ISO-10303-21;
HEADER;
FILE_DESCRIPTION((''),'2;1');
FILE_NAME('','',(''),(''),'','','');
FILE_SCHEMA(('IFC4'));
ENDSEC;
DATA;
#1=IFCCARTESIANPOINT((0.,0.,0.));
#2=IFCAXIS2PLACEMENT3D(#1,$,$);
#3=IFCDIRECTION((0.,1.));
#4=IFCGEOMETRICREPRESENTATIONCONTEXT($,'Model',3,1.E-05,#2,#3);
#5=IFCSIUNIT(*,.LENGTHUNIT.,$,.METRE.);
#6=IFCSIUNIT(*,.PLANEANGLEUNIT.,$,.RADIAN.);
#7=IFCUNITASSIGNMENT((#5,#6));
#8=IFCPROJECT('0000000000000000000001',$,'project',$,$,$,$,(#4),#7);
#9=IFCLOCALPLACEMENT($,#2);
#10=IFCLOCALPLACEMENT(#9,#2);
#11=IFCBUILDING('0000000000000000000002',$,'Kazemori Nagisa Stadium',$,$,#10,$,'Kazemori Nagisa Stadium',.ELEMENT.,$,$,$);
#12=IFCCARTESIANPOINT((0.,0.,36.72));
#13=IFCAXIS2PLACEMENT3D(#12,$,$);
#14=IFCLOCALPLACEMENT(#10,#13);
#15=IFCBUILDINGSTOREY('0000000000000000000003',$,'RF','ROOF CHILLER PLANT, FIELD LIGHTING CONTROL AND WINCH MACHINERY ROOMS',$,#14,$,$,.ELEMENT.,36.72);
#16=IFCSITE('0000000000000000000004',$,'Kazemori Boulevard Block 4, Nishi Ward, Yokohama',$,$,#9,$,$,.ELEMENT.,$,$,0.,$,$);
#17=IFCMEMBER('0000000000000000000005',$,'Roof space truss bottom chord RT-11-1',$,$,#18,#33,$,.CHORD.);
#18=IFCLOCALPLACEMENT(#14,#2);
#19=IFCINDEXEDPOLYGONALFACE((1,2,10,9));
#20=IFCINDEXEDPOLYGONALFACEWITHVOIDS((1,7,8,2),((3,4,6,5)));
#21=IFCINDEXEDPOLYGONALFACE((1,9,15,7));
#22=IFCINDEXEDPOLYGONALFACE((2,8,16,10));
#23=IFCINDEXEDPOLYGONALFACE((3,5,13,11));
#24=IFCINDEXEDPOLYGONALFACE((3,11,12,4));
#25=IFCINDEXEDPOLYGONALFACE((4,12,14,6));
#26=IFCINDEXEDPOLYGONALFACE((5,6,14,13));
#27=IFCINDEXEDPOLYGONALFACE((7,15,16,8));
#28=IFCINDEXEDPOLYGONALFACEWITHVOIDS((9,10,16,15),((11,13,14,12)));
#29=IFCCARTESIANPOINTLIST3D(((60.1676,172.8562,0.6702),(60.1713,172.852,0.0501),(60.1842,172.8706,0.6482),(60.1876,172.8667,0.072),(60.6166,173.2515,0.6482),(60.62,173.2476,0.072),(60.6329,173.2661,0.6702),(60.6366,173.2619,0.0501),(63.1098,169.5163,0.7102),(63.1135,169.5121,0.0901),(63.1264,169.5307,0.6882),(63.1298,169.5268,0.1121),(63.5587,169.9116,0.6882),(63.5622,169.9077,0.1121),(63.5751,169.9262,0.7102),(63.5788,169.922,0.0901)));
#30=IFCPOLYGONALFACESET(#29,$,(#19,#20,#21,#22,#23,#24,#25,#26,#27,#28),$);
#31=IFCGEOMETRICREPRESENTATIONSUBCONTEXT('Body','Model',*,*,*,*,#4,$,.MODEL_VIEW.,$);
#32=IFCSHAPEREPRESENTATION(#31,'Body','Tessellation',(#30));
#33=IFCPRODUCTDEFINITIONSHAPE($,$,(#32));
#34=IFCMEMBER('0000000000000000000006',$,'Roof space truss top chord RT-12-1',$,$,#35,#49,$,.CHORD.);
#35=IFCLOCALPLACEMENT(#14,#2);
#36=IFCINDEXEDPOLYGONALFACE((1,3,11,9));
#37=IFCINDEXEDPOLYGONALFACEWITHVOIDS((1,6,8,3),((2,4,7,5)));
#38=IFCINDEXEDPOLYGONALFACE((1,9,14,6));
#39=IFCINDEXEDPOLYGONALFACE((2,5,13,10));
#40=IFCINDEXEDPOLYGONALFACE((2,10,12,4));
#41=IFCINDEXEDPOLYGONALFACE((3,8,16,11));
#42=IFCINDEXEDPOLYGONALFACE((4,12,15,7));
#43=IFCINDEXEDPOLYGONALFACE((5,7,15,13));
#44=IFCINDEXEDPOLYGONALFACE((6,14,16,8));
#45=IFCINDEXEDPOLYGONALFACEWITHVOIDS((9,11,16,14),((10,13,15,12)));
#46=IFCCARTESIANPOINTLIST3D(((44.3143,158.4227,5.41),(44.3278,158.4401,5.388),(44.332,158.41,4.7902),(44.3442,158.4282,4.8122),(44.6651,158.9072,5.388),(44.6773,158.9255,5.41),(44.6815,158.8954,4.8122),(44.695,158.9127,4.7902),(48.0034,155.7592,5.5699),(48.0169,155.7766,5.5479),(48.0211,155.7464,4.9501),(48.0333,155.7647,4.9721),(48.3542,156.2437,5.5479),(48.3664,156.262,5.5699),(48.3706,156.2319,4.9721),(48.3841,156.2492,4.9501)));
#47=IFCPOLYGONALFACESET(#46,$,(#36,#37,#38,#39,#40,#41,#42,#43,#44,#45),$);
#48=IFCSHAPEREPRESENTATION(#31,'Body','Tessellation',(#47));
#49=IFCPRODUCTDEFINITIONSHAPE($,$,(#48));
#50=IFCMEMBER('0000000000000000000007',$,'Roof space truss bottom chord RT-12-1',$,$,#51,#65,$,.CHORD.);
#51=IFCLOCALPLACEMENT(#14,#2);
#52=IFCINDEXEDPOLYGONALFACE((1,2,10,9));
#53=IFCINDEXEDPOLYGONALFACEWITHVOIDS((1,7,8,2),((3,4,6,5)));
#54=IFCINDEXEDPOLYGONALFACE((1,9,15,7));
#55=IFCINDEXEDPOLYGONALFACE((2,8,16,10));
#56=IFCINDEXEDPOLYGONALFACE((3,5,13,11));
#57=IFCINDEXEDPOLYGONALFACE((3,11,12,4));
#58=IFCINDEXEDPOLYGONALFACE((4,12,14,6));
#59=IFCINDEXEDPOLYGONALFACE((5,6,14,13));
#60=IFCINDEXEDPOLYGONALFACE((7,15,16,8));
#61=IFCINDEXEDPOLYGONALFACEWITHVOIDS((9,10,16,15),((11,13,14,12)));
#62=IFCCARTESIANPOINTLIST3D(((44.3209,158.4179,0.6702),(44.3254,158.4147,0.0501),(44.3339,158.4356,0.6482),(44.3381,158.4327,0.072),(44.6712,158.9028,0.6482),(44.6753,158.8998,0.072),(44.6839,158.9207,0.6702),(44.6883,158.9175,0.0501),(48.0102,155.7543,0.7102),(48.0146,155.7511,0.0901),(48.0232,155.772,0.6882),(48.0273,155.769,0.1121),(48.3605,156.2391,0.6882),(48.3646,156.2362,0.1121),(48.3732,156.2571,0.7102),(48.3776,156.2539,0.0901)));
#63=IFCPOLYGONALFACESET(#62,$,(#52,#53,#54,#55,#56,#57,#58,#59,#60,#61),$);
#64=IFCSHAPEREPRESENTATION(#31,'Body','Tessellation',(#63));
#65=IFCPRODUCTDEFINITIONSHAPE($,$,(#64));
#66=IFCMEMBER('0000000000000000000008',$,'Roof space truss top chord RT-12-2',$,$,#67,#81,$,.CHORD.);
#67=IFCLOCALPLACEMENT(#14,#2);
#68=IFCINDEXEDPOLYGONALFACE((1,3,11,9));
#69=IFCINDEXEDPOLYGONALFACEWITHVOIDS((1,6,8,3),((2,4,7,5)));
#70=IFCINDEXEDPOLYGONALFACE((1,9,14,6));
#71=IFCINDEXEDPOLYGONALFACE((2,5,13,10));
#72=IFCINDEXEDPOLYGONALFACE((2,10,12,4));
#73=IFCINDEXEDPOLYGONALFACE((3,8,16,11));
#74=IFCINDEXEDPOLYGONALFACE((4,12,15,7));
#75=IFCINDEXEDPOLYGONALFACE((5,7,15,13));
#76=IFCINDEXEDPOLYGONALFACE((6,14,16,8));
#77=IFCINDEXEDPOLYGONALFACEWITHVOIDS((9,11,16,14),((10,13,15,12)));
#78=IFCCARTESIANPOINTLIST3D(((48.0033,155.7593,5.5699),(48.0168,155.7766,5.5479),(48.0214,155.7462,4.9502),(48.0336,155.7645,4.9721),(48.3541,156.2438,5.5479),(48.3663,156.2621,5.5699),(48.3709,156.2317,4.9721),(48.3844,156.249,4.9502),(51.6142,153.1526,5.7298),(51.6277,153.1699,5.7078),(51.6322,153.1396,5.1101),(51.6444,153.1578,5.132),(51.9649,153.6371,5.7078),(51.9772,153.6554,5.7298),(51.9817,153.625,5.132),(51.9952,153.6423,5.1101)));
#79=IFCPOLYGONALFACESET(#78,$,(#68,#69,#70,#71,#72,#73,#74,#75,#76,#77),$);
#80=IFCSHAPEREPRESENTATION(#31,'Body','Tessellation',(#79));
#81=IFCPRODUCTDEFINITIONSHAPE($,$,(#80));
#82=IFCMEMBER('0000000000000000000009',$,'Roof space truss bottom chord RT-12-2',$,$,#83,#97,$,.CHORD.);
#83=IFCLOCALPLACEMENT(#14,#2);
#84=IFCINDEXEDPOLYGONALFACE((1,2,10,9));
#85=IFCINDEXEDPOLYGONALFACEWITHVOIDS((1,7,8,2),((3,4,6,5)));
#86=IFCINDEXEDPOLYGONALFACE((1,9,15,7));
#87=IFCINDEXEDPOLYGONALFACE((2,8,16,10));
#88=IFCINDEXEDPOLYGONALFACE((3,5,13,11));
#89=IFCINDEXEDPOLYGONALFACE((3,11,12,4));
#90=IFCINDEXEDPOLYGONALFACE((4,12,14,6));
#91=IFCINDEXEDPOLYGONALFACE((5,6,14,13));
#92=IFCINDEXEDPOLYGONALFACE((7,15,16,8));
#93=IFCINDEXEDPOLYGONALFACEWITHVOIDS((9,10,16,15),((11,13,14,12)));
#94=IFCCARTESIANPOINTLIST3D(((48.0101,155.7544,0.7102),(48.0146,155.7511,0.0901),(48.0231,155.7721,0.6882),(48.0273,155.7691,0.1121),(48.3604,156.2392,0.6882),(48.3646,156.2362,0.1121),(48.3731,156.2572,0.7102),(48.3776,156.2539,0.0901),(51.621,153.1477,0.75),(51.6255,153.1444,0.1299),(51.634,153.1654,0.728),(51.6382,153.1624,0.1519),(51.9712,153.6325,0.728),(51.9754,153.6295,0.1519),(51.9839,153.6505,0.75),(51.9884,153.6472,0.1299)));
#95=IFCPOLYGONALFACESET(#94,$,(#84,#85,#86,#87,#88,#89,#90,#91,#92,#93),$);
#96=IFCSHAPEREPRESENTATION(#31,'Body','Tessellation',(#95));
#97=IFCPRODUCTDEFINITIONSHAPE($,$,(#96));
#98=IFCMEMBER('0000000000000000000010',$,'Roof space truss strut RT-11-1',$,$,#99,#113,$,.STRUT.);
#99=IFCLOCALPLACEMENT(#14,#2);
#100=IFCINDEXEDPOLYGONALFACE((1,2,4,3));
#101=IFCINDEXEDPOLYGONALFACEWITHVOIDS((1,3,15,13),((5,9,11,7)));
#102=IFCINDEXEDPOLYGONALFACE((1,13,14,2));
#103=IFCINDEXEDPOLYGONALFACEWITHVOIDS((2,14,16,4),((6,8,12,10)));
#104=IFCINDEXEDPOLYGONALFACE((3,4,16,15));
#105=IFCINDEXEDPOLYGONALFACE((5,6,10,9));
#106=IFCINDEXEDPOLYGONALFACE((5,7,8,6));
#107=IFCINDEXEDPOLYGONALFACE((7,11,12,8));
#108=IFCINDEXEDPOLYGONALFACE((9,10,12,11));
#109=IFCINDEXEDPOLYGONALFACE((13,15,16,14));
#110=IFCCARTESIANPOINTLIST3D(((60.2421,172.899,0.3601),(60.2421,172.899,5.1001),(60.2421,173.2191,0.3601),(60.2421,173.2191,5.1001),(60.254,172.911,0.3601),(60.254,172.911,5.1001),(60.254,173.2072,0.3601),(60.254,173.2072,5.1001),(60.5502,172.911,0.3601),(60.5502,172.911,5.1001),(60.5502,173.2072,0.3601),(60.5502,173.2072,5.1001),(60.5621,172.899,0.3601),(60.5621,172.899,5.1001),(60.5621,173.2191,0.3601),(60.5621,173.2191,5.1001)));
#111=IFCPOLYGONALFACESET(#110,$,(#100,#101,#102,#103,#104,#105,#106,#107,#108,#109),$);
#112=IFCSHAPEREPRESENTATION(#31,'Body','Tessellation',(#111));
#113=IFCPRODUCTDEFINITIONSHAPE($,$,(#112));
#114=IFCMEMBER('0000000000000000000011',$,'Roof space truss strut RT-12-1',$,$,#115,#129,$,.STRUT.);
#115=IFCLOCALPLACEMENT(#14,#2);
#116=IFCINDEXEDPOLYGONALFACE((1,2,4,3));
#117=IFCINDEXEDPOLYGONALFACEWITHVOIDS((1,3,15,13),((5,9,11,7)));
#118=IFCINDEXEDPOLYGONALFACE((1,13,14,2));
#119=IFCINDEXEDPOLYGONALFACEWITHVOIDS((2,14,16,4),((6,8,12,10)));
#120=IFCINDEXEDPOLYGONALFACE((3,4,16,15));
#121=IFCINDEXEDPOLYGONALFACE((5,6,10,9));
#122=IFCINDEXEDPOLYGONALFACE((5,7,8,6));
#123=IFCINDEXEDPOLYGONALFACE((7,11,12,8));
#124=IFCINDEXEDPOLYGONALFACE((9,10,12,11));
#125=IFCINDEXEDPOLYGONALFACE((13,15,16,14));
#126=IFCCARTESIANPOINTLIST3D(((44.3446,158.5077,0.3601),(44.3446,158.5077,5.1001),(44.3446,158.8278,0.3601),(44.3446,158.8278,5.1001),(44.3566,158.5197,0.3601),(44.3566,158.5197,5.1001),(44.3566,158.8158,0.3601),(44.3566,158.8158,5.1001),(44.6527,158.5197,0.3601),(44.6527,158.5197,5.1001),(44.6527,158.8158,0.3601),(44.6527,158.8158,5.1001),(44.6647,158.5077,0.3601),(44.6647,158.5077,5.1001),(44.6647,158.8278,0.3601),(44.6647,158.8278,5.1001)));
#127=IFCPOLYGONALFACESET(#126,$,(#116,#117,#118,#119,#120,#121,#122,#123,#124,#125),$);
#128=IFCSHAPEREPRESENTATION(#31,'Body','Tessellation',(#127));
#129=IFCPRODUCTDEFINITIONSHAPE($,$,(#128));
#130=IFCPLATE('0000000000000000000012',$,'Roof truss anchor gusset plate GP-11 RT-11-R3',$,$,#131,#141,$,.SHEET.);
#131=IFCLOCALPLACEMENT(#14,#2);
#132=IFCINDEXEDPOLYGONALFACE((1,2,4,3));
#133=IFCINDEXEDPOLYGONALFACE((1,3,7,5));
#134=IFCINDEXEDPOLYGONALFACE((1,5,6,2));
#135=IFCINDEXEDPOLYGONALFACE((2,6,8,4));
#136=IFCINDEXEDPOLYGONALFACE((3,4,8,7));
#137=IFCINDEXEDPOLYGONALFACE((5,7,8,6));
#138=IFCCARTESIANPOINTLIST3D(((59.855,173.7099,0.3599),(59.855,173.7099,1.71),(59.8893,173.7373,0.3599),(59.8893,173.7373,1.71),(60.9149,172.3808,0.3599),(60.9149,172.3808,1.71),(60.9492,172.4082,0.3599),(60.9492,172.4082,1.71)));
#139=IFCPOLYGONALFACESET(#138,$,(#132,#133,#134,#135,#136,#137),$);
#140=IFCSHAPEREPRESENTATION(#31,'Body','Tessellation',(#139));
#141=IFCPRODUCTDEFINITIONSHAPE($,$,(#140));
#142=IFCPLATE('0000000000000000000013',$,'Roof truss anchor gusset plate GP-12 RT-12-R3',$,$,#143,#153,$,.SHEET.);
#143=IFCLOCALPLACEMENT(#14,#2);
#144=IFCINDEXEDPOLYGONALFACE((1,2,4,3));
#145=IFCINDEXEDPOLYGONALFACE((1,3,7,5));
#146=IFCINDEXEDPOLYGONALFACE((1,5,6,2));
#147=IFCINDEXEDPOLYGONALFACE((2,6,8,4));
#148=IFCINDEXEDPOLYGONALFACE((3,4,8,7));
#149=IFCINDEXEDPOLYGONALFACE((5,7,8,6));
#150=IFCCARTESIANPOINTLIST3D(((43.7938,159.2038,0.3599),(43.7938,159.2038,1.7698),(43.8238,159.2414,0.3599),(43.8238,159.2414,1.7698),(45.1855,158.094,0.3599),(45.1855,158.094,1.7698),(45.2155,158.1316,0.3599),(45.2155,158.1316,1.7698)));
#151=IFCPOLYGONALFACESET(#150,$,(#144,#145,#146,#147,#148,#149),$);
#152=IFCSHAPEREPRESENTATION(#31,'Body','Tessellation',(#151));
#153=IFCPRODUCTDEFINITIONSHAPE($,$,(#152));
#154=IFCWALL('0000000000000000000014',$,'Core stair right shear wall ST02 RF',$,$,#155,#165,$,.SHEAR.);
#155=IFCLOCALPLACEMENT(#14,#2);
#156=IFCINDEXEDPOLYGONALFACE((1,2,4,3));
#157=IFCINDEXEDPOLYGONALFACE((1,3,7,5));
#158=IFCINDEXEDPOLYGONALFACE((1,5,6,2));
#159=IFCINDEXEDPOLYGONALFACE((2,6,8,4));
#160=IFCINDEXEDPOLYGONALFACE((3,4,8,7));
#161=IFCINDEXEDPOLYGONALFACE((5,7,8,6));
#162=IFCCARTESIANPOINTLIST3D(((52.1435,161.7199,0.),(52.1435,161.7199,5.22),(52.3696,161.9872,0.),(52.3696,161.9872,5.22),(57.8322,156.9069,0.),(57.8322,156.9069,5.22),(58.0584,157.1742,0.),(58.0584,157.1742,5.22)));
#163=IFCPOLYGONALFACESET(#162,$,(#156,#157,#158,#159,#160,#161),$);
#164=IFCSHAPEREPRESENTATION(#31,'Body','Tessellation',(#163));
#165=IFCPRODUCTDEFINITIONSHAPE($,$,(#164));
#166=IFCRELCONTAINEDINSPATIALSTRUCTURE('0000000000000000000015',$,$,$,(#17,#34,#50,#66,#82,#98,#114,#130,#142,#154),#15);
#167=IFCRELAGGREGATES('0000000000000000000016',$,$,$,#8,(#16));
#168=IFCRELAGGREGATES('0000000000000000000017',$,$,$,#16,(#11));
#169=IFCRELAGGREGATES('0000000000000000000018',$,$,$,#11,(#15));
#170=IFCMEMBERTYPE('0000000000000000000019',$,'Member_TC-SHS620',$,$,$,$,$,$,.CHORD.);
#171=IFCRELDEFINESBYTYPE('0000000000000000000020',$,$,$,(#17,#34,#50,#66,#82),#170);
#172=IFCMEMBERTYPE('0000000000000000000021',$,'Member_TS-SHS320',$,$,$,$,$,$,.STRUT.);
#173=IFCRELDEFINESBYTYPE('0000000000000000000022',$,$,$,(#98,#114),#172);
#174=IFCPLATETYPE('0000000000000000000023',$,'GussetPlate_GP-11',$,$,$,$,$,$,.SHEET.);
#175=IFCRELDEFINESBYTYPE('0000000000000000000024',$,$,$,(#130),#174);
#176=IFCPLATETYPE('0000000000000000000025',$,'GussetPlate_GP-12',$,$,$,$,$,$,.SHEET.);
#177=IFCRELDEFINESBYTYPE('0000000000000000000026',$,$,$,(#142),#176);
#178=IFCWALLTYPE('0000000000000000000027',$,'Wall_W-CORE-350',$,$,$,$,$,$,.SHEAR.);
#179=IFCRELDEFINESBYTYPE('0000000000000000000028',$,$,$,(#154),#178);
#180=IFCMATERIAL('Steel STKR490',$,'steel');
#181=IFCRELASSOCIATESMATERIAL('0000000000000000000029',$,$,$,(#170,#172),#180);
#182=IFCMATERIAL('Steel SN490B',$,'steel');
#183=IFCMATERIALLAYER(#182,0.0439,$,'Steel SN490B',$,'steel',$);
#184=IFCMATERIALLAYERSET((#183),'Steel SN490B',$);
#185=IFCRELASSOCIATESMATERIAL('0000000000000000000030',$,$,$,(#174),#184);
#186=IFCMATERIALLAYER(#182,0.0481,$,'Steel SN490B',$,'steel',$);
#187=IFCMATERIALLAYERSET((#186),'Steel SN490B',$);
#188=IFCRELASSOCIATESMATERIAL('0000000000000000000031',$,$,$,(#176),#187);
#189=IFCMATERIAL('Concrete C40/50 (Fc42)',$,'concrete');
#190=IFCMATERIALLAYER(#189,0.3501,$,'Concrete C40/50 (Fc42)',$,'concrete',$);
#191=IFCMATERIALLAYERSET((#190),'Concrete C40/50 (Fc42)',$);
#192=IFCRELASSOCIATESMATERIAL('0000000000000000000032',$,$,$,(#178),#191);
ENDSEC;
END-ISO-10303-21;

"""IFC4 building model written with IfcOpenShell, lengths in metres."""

from ifc_helpers import new_model, si_unit, direction, frame, frame_2d, origin, origin_2d, place, context, subcontext, project, spatial, rectangle, hollow_rectangle, extrude, material, layer, layer_set, material_profile, profile_set, type_object, element, save


model = new_model("IFC4")

# Units and contexts
model_context = context("Model", 3, precision=1e-05, world=origin(), true_north=direction((0.0, 1.0)))
body_context = subcontext(model_context, "Body", "Model", "MODEL_VIEW")
ifc_project = project(units=[si_unit("LENGTHUNIT", "METRE"), si_unit("PLANEANGLEUNIT", "RADIAN")], contexts=[model_context])

# Site, building, storey
site_placement = place(None, origin())
site = spatial("IfcSite", under=ifc_project, at=site_placement, Name="Kazemori Boulevard Block 4, Nishi Ward, Yokohama", CompositionType="ELEMENT", RefElevation=0.0)
building_placement = place(site_placement, origin())
building = spatial("IfcBuilding", under=site, at=building_placement, Name="Kazemori Nagisa Stadium", LongName="Kazemori Nagisa Stadium", CompositionType="ELEMENT")
storey_placement = place(building_placement, frame((0.0, 0.0, 36.72)))
storey = spatial("IfcBuildingStorey", under=building, at=storey_placement, Name="RF", Description="ROOF CHILLER PLANT, FIELD LIGHTING CONTROL AND WINCH MACHINERY ROOMS", CompositionType="ELEMENT", Elevation=36.72)

# Shared definitions
ifc_material_1 = material(Name="Steel SN490B", Category="steel")

# Shared definitions
ifc_material_2 = material(Name="Concrete C40/50 (Fc42)", Category="concrete")

# Members
ifc_material_3 = material(Name="Steel STKR490", Category="steel")
ifc_material_profile_1 = material_profile(ifc_material_3, hollow_rectangle(XDim=0.6201, YDim=0.6201, WallThickness=0.022, at=origin_2d()), Name="SHS-620x620x22")
ifc_profile_set_1 = profile_set([ifc_material_profile_1], Name="Steel STKR490")
member_type_1 = type_object("IfcMemberType", Name="Member_TC-SHS620", PredefinedType="CHORD", material=ifc_profile_set_1)
member_1_placement = place(storey_placement, frame((60.4021, 173.0591, 0.3601), z_axis=(0.660991, -0.75034, 0.008995), x_axis=(0.750371, 0.661017, 0.0)))
element("IfcMember", 1, at=member_1_placement, inside=storey, type_object=member_type_1, Name="Roof space truss bottom chord RT-11-1", PredefinedType="CHORD", context=body_context, shape_type="SweptSolid", body=[
    extrude(hollow_rectangle(XDim=0.6201, YDim=0.6201, WallThickness=0.022, at=origin_2d()), origin(), (0.0, 0.0, 1.0), 4.4512),
])
member_2_placement = place(storey_placement, frame((44.5046, 158.6677, 5.1001), z_axis=(0.810268, -0.585006, 0.035122), x_axis=(0.585367, 0.810768, 0.0)))
element("IfcMember", 2, at=member_2_placement, inside=storey, type_object=member_type_1, Name="Roof space truss top chord RT-12-1", PredefinedType="CHORD", context=body_context, shape_type="SweptSolid", body=[
    extrude(hollow_rectangle(XDim=0.6201, YDim=0.6201, WallThickness=0.022, at=origin_2d()), origin(), (0.0, 0.0, 1.0), 4.553),
])
member_3_placement = place(storey_placement, frame((44.5046, 158.6677, 0.3601), z_axis=(0.810737, -0.585344, 0.008799), x_axis=(0.585367, 0.810768, 0.0)))
element("IfcMember", 3, at=member_3_placement, inside=storey, type_object=member_type_1, Name="Roof space truss bottom chord RT-12-1", PredefinedType="CHORD", context=body_context, shape_type="SweptSolid", body=[
    extrude(hollow_rectangle(XDim=0.6201, YDim=0.6201, WallThickness=0.022, at=origin_2d()), origin(), (0.0, 0.0, 1.0), 4.5505),
])
member_4_placement = place(storey_placement, frame((48.1938, 156.0042, 5.26), z_axis=(0.810278, -0.584945, 0.035885), x_axis=(0.585322, 0.810801, 0.0)))
element("IfcMember", 4, at=member_4_placement, inside=storey, type_object=member_type_1, Name="Roof space truss top chord RT-12-2", PredefinedType="CHORD", context=body_context, shape_type="SweptSolid", body=[
    extrude(hollow_rectangle(XDim=0.6201, YDim=0.6201, WallThickness=0.022, at=origin_2d()), origin(), (0.0, 0.0, 1.0), 4.4563),
])
member_5_placement = place(storey_placement, frame((48.1938, 156.0042, 0.4001), z_axis=(0.810768, -0.585299, 0.008935), x_axis=(0.585322, 0.810801, 0.0)))
element("IfcMember", 5, at=member_5_placement, inside=storey, type_object=member_type_1, Name="Roof space truss bottom chord RT-12-2", PredefinedType="CHORD", context=body_context, shape_type="SweptSolid", body=[
    extrude(hollow_rectangle(XDim=0.6201, YDim=0.6201, WallThickness=0.022, at=origin_2d()), origin(), (0.0, 0.0, 1.0), 4.4536),
])
ifc_material_profile_2 = material_profile(ifc_material_3, hollow_rectangle(XDim=0.3201, YDim=0.3201, WallThickness=0.012, at=origin_2d()), Name="SHS-320x320x12")
ifc_profile_set_2 = profile_set([ifc_material_profile_2], Name="Steel STKR490")
member_type_2 = type_object("IfcMemberType", Name="Member_TS-SHS320", PredefinedType="STRUT", material=ifc_profile_set_2)
for number, where, z_axis, x_axis, name in (
    (6, (60.4021, 173.0591, 0.3601), (0.0, 0.0, 1.0), (1.0, 0.0, 0.0), "Roof space truss strut RT-11-1"),
    (7, (44.5046, 158.6677, 0.3601), (0.0, 0.0, 1.0), (1.0, 0.0, 0.0), "Roof space truss strut RT-12-1"),
):
    element("IfcMember", number, at=place(storey_placement, frame(where, z_axis=z_axis, x_axis=x_axis)), inside=storey, type_object=member_type_2, Name=name, PredefinedType="STRUT", context=body_context, shape_type="SweptSolid", body=[
        extrude(hollow_rectangle(XDim=0.3201, YDim=0.3201, WallThickness=0.012, at=origin_2d()), origin(), (0.0, 0.0, 1.0), 4.74),
    ])

# Plates
ifc_layer_1 = layer(ifc_material_1, 0.0439, Name="Steel SN490B", Category="steel")
ifc_layer_set_1 = layer_set([ifc_layer_1], Name="Steel SN490B")
plate_type_1 = type_object("IfcPlateType", Name="GussetPlate_GP-11", PredefinedType="SHEET", material=ifc_layer_set_1)
plate_1_placement = place(storey_placement, frame((60.4021, 173.0591, 0.3599), z_axis=(0.0, 0.0, 1.0), x_axis=(-0.62349, 0.781831, 0.0)))
element("IfcPlate", 8, at=plate_1_placement, inside=storey, type_object=plate_type_1, Name="Roof truss anchor gusset plate GP-11 RT-11-R3", PredefinedType="SHEET", context=body_context, shape_type="SweptSolid", body=[
    extrude(rectangle(XDim=1.7, YDim=0.0439, at=origin_2d()), origin(), (0.0, 0.0, 1.0), 1.3501),
])
ifc_layer_2 = layer(ifc_material_1, 0.0481, Name="Steel SN490B", Category="steel")
ifc_layer_set_2 = layer_set([ifc_layer_2], Name="Steel SN490B")
plate_type_2 = type_object("IfcPlateType", Name="GussetPlate_GP-12", PredefinedType="SHEET", material=ifc_layer_set_2)
plate_2_placement = place(storey_placement, frame((44.5046, 158.6677, 0.3599), z_axis=(0.0, 0.0, 1.0), x_axis=(-0.781831, 0.62349, 0.0)))
element("IfcPlate", 9, at=plate_2_placement, inside=storey, type_object=plate_type_2, Name="Roof truss anchor gusset plate GP-12 RT-12-R3", PredefinedType="SHEET", context=body_context, shape_type="SweptSolid", body=[
    extrude(rectangle(XDim=1.78, YDim=0.0481, at=origin_2d()), origin(), (0.0, 0.0, 1.0), 1.4099),
])

# Wall
ifc_layer_3 = layer(ifc_material_2, 0.3501, Name="Concrete C40/50 (Fc42)", Category="concrete")
ifc_layer_set_3 = layer_set([ifc_layer_3], Name="Concrete C40/50 (Fc42)")
wall_type_1 = type_object("IfcWallType", Name="Wall_W-CORE-350", PredefinedType="SHEAR", material=ifc_layer_set_3)
wall_1_placement = place(storey_placement, frame((57.9453, 157.0405, 0.0), z_axis=(0.0, 0.0, 1.0), x_axis=(-0.763422, 0.6459, 0.0)))
element("IfcWall", 10, at=wall_1_placement, inside=storey, type_object=wall_type_1, Name="Core stair right shear wall ST02 RF", PredefinedType="SHEAR", context=body_context, shape_type="SweptSolid", body=[
    extrude(rectangle(XDim=7.4517, YDim=0.3501, at=frame_2d((3.7258, 0.0))), origin(), (0.0, 0.0, 1.0), 5.22),
])

save(model, "model.ifc")
